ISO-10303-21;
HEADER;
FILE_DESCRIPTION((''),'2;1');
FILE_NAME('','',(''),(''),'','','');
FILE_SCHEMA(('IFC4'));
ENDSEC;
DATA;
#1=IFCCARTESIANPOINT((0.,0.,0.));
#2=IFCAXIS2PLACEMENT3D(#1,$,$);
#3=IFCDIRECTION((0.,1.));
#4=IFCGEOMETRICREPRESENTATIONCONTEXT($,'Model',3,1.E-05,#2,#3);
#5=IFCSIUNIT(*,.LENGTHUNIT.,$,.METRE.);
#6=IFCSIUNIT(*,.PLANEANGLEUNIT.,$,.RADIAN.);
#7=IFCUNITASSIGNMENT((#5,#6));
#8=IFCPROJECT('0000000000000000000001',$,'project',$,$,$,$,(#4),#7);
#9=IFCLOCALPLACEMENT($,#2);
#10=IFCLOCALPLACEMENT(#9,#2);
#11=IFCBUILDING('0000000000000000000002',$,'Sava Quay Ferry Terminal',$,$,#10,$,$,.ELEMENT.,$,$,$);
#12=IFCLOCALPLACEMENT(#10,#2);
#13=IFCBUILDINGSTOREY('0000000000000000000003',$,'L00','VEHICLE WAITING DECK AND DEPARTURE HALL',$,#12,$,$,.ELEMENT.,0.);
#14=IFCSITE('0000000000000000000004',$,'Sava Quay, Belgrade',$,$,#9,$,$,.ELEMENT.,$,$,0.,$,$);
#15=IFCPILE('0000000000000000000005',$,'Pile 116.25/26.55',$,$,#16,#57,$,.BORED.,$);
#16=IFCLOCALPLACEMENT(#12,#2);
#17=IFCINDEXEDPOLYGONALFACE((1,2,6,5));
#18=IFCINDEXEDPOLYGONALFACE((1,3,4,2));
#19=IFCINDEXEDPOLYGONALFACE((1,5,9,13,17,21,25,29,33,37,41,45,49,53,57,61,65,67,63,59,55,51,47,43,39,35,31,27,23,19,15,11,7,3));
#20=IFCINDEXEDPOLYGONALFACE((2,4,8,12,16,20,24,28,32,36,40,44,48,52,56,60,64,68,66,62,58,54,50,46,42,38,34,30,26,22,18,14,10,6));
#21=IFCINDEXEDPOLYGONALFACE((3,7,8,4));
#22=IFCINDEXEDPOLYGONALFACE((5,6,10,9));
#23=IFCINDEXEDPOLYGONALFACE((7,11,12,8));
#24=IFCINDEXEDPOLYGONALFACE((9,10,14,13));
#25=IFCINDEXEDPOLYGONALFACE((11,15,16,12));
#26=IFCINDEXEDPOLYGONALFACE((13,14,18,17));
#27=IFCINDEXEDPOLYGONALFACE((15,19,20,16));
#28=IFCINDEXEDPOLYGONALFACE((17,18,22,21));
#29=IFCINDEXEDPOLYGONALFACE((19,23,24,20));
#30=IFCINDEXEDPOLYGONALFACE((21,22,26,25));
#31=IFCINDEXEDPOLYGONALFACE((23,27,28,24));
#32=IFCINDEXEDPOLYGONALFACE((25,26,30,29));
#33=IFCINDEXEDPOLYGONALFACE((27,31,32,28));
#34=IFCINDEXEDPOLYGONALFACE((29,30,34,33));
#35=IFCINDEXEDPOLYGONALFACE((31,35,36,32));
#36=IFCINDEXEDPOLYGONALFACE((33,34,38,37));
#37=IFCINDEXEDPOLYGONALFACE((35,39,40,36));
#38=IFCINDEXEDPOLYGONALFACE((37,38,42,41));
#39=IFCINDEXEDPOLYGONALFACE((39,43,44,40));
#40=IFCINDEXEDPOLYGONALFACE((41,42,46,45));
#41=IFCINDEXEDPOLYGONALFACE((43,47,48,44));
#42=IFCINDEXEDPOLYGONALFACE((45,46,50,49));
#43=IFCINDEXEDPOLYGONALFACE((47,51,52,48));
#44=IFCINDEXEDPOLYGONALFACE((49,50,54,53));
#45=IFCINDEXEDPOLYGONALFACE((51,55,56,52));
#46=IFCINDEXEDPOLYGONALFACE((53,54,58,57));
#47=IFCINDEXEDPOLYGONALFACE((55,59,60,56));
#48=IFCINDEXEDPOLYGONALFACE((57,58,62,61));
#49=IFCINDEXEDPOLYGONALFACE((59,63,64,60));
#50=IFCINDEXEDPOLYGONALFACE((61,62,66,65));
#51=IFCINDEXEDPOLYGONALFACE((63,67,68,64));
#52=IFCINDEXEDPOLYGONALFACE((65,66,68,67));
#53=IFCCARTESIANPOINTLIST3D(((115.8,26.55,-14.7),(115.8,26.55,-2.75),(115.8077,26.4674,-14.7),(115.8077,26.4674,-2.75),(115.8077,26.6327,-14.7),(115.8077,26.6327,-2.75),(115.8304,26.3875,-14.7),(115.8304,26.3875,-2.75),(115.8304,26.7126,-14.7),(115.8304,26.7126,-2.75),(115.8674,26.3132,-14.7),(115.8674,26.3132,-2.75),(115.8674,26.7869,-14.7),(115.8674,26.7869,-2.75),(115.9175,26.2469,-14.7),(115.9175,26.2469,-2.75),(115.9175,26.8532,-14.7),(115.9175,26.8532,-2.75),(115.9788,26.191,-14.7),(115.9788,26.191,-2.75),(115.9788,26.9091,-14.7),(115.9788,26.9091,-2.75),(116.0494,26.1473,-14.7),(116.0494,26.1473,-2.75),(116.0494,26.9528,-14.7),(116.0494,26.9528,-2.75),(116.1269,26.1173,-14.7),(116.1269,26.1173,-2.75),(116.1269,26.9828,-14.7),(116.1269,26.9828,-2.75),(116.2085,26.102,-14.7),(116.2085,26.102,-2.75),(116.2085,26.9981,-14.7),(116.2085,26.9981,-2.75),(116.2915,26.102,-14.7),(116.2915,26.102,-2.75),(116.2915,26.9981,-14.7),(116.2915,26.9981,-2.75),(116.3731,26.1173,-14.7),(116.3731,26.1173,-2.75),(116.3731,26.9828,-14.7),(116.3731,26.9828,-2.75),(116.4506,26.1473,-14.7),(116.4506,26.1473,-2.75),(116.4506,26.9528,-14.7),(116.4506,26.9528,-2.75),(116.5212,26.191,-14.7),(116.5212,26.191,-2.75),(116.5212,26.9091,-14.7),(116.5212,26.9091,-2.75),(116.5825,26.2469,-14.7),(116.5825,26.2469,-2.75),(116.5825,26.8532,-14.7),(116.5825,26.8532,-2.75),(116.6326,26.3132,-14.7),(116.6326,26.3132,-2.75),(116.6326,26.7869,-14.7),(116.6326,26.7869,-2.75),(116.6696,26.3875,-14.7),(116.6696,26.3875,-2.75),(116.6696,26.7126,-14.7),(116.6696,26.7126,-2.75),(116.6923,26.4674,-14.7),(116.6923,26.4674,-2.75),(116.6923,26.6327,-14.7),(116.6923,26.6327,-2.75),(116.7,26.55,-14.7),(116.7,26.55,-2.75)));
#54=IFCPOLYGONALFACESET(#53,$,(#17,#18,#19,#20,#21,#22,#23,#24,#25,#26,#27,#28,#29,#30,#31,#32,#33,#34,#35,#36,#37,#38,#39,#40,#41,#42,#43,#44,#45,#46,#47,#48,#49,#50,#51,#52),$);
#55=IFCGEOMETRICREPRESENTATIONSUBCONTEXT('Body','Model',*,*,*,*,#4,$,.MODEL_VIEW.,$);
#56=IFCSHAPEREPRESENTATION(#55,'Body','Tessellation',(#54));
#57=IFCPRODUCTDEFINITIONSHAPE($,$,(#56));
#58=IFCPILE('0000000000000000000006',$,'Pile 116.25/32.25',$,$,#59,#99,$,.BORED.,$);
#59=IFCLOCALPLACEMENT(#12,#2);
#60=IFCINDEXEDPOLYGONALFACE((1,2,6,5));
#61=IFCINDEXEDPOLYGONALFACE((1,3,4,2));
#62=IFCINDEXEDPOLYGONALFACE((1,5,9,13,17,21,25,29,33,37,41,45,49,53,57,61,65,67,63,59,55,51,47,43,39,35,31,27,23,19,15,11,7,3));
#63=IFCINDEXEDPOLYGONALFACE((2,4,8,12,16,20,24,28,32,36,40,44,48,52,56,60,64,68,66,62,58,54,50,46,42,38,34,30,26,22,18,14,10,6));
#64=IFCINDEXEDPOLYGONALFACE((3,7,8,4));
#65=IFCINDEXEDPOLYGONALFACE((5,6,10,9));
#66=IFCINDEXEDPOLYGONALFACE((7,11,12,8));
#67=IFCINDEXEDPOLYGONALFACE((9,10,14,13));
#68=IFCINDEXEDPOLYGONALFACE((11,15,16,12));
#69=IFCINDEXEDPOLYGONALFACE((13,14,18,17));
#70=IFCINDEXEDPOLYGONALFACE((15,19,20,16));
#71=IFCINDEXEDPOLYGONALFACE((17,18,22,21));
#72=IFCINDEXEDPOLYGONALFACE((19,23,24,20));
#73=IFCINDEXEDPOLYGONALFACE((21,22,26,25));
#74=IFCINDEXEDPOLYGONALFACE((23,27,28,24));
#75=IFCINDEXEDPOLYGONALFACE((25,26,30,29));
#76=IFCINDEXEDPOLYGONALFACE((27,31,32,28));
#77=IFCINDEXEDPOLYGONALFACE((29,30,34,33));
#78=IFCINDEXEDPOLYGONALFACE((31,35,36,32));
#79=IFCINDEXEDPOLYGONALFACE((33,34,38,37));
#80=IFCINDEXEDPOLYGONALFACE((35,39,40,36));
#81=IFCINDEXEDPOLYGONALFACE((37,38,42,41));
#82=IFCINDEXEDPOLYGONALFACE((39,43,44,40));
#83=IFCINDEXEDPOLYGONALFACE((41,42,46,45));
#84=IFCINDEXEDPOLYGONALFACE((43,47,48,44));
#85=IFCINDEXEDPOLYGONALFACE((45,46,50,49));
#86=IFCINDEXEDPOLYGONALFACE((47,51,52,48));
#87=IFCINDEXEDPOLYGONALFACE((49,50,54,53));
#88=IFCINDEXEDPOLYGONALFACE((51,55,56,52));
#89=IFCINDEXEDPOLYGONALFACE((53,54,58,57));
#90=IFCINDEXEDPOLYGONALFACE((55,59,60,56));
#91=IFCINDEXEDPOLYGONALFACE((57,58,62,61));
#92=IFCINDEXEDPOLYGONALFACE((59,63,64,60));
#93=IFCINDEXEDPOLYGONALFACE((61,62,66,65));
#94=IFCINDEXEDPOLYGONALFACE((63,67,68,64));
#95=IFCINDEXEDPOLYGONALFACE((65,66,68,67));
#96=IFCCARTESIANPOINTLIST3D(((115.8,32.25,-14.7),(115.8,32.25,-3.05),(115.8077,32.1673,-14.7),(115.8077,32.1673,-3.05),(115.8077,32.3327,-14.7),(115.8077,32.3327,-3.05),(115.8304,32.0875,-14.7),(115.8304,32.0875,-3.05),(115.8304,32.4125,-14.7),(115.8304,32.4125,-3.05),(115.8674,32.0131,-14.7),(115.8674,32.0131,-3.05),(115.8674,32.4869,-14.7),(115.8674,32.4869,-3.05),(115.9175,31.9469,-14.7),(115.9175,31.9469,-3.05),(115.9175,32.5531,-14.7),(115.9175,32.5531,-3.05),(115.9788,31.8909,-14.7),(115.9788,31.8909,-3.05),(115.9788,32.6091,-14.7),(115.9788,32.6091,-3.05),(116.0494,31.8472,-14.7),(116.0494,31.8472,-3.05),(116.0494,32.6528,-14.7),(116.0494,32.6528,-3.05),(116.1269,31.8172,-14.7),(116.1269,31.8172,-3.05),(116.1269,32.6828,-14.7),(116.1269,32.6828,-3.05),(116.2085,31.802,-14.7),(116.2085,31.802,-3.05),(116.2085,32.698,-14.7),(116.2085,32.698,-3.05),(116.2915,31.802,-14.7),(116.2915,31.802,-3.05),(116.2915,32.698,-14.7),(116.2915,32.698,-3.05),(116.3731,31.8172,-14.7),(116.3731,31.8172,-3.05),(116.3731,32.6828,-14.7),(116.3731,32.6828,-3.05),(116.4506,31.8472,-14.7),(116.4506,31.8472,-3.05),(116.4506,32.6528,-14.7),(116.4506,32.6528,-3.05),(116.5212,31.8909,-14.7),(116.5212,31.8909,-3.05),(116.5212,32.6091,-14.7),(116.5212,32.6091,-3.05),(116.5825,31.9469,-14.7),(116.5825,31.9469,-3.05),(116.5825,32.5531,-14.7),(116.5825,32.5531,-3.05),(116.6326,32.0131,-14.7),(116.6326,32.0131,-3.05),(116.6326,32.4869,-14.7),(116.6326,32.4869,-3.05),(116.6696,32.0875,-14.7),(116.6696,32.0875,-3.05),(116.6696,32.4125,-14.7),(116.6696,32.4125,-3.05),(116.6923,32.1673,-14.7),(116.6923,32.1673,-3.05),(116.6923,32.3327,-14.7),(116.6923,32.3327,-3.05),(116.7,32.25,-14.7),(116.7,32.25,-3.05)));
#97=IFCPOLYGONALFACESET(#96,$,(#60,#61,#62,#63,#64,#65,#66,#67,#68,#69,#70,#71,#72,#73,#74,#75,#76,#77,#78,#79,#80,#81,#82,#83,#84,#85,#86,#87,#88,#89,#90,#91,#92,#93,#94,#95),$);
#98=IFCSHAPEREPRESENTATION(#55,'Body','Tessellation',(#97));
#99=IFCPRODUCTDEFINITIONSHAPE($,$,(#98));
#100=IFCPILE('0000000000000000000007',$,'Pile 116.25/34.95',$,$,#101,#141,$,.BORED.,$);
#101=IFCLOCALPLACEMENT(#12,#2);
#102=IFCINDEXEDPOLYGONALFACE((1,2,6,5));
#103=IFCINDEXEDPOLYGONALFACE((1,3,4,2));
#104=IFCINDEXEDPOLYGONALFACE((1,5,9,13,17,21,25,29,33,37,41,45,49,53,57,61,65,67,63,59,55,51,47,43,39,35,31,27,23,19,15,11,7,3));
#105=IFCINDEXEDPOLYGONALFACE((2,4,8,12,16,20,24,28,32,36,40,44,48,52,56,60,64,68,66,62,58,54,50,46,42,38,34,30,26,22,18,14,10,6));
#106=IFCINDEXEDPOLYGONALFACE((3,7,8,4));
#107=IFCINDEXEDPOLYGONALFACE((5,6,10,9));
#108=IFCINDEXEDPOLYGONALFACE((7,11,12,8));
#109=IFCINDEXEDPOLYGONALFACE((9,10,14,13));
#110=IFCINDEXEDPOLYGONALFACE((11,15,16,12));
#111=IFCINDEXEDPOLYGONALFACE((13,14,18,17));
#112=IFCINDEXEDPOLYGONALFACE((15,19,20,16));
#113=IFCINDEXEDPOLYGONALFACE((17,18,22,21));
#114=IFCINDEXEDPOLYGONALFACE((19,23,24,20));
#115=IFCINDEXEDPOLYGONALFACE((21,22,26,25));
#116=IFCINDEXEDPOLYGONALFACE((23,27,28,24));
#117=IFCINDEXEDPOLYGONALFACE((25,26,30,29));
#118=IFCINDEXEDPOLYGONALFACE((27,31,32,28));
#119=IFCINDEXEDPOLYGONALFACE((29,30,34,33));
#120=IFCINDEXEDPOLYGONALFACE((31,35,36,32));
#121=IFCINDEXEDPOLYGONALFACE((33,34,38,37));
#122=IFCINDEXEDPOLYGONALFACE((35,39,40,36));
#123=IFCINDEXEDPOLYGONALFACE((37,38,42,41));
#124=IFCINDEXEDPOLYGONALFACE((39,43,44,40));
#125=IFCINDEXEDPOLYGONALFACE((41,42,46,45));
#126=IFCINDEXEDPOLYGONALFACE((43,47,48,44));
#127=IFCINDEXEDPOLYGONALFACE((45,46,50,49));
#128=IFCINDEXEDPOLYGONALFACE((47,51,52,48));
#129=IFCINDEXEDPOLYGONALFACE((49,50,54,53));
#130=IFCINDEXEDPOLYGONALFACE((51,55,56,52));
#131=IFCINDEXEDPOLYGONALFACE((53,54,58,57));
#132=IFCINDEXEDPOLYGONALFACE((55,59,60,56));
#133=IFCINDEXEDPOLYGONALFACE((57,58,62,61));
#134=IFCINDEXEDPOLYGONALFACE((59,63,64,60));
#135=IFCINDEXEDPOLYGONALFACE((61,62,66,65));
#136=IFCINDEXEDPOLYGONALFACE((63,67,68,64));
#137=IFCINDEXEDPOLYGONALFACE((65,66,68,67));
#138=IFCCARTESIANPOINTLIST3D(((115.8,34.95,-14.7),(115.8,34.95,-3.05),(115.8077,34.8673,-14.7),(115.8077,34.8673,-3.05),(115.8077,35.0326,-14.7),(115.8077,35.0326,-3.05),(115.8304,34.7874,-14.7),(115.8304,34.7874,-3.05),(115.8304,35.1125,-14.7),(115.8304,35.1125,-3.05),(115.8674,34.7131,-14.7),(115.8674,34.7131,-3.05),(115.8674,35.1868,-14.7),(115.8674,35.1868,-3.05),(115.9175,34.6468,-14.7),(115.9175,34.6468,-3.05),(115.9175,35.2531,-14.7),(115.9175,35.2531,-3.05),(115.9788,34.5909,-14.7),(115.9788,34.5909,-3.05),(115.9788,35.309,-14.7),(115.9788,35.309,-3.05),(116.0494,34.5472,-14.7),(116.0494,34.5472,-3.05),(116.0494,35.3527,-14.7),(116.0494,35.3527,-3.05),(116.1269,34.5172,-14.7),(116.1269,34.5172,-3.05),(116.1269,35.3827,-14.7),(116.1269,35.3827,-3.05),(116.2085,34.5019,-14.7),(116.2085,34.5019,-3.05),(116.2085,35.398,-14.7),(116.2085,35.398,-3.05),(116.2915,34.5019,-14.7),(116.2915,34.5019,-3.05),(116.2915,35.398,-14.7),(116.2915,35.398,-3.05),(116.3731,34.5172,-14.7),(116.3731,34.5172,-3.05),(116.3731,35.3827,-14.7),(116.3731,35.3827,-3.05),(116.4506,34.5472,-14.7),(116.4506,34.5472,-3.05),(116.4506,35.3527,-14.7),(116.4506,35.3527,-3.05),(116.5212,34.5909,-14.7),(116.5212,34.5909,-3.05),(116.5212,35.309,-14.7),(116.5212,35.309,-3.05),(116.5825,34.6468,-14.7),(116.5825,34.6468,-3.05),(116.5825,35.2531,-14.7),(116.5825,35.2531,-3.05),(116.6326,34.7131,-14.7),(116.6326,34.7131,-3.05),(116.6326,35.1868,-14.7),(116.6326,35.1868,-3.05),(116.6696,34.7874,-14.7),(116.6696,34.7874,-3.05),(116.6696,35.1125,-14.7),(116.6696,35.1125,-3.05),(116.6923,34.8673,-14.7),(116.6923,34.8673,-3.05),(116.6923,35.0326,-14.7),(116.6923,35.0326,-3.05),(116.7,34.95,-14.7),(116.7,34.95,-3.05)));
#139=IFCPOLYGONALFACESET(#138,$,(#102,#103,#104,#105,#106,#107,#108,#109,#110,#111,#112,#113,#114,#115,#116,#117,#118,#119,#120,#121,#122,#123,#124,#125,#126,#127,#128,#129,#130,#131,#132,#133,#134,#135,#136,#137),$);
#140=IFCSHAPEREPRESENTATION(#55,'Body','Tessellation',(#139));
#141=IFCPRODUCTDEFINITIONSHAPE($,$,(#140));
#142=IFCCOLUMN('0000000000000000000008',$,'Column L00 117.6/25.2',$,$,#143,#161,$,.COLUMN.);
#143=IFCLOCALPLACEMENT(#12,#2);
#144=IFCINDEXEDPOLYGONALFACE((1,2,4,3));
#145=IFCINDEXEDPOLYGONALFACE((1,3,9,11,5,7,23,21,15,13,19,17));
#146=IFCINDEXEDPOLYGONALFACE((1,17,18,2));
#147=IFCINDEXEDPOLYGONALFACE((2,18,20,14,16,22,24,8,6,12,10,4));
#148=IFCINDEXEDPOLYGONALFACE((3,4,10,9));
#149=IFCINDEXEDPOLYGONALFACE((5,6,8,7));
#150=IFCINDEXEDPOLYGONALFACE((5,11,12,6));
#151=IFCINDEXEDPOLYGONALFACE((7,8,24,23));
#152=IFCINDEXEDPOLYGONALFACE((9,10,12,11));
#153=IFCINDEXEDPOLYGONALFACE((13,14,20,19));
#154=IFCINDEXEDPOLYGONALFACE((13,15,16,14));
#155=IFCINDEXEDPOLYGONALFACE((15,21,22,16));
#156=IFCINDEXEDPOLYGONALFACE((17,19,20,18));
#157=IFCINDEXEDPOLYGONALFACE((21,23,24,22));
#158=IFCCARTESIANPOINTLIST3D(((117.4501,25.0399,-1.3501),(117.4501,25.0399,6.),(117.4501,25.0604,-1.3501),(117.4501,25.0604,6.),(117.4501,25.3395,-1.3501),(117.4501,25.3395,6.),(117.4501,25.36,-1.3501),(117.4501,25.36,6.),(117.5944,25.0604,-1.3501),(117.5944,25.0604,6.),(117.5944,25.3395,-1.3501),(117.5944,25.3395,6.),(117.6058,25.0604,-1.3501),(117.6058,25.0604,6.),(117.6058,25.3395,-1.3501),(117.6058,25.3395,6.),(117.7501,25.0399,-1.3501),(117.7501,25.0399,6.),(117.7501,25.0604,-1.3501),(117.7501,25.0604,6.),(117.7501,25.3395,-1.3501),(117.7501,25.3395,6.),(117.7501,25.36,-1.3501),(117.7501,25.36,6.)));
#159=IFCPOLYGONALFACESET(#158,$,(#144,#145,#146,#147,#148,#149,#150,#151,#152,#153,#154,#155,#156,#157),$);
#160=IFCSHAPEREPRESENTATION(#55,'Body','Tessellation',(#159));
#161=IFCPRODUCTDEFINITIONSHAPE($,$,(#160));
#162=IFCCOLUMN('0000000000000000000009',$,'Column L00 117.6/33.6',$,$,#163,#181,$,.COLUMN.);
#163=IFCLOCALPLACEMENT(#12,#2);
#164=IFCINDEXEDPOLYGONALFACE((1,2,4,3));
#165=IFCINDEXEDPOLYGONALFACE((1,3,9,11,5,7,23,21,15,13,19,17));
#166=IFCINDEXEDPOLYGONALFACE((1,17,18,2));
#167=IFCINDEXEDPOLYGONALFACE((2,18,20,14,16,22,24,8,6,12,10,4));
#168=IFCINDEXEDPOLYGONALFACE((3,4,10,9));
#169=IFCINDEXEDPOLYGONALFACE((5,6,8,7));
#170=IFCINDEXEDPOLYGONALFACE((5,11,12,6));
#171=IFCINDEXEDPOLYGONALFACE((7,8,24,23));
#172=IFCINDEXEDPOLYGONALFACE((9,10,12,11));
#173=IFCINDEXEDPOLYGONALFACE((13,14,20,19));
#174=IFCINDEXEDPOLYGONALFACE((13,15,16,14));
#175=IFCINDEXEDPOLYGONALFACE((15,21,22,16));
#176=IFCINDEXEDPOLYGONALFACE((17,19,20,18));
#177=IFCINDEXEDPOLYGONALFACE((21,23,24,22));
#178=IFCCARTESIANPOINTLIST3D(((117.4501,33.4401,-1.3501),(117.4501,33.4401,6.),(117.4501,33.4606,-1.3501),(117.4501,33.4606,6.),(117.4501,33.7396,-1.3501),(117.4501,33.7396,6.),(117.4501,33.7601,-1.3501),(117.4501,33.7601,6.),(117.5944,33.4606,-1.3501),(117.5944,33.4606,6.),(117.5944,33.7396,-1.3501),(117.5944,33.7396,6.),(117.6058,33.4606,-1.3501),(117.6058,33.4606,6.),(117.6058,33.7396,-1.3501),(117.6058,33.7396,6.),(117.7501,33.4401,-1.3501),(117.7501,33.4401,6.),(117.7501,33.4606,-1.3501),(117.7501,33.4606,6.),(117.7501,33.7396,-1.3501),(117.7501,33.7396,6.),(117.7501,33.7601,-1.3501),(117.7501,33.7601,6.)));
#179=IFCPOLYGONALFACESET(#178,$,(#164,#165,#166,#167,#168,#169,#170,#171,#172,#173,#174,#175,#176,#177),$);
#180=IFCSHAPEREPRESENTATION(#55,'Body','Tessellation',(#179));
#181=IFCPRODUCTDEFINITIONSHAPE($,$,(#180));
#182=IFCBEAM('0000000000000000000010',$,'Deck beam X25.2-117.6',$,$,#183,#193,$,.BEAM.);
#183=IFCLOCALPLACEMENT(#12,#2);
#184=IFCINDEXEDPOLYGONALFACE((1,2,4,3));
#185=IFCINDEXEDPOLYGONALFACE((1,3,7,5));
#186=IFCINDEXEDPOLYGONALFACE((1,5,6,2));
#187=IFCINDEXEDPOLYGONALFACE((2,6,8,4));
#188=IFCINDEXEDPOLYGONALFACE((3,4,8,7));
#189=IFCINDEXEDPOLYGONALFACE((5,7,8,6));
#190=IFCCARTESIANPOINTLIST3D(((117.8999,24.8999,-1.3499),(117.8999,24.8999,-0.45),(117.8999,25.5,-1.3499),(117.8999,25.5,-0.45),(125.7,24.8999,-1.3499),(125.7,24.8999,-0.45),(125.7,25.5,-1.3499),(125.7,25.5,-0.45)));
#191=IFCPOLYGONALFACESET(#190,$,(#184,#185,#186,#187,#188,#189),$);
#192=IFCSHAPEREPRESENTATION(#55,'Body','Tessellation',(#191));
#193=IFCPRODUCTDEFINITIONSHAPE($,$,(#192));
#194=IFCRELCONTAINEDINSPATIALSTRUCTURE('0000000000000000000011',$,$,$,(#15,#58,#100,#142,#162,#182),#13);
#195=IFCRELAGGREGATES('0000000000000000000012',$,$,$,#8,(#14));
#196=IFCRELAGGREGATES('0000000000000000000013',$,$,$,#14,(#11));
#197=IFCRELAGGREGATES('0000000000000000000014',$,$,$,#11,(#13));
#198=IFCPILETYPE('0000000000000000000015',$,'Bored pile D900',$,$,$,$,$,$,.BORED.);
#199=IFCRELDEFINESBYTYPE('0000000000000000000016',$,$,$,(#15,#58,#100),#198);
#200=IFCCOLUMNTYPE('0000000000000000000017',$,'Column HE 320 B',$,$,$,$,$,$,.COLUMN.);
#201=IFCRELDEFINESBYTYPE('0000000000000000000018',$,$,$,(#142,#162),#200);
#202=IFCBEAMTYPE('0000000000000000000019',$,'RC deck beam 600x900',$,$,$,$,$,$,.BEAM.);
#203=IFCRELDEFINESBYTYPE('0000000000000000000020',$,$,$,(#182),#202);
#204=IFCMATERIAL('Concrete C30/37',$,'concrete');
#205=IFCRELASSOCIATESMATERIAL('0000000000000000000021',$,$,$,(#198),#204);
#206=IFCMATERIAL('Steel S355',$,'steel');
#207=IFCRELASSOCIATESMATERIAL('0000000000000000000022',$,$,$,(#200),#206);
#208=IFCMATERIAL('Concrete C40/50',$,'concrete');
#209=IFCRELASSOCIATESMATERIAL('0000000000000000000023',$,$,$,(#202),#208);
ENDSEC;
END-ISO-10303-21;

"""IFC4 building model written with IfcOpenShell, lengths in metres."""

from ifc_helpers import new_model, si_unit, direction, frame, origin, origin_2d, place, context, subcontext, project, spatial, rectangle, circle, i_section, extrude, material, material_profile, profile_set, type_object, element, save


model = new_model("IFC4")

# Units and contexts
model_context = context("Model", 3, precision=1e-05, world=origin(), true_north=direction((0.0, 1.0)))
body_context = subcontext(model_context, "Body", "Model", "MODEL_VIEW")
ifc_project = project(units=[si_unit("LENGTHUNIT", "METRE"), si_unit("PLANEANGLEUNIT", "RADIAN")], contexts=[model_context])

# Site, building, storey
site_placement = place(None, origin())
site = spatial("IfcSite", under=ifc_project, at=site_placement, Name="Sava Quay, Belgrade", CompositionType="ELEMENT", RefElevation=0.0)
building_placement = place(site_placement, origin())
building = spatial("IfcBuilding", under=site, at=building_placement, Name="Sava Quay Ferry Terminal", CompositionType="ELEMENT")
storey_placement = place(building_placement, origin())
storey = spatial("IfcBuildingStorey", under=building, at=storey_placement, Name="L00", Description="VEHICLE WAITING DECK AND DEPARTURE HALL", CompositionType="ELEMENT", Elevation=0.0)

# Piles
ifc_material_1 = material(Name="Concrete C30/37", Category="concrete")
ifc_material_profile_1 = material_profile(ifc_material_1, circle(Radius=0.45, at=origin_2d()), Name="Bored pile D900")
ifc_profile_set_1 = profile_set([ifc_material_profile_1], Name="Concrete C30/37")
pile_type = type_object("IfcPileType", Name="Bored pile D900", PredefinedType="BORED", material=ifc_profile_set_1)
pile_placement = place(storey_placement, frame((116.25, 26.55, -2.75), z_axis=(0.0, 0.0, -1.0), x_axis=(1.0, 0.0, 0.0)))
element("IfcPile", 1, at=pile_placement, inside=storey, type_object=pile_type, Name="Pile 116.25/26.55", PredefinedType="BORED", context=body_context, shape_type="SweptSolid", body=[
    extrude(circle(Radius=0.45, at=origin_2d()), origin(), (0.0, 0.0, 1.0), 11.95),
])
for number, where, z_axis, x_axis, name in (
    (2, (116.25, 32.25, -3.05), (0.0, 0.0, -1.0), (1.0, 0.0, 0.0), "Pile 116.25/32.25"),
    (3, (116.25, 34.95, -3.05), (0.0, 0.0, -1.0), (1.0, 0.0, 0.0), "Pile 116.25/34.95"),
):
    element("IfcPile", number, at=place(storey_placement, frame(where, z_axis=z_axis, x_axis=x_axis)), inside=storey, type_object=pile_type, Name=name, PredefinedType="BORED", context=body_context, shape_type="SweptSolid", body=[
        extrude(circle(Radius=0.45, at=origin_2d()), origin(), (0.0, 0.0, 1.0), 11.6499),
    ])

# Columns
ifc_material_2 = material(Name="Steel S355", Category="steel")
ifc_material_profile_2 = material_profile(ifc_material_2, i_section(OverallWidth=0.3, OverallDepth=0.3201, WebThickness=0.0115, FlangeThickness=0.0205, at=origin_2d()), Name="HE 320 B")
ifc_profile_set_2 = profile_set([ifc_material_profile_2], Name="Steel S355")
column_type = type_object("IfcColumnType", Name="Column HE 320 B", PredefinedType="COLUMN", material=ifc_profile_set_2)
for number, where, z_axis, x_axis, name in (
    (4, (117.6001, 25.2, -1.3501), (0.0, 0.0, 1.0), (1.0, 0.0, 0.0), "Column L00 117.6/25.2"),
    (5, (117.6001, 33.6001, -1.3501), (0.0, 0.0, 1.0), (1.0, 0.0, 0.0), "Column L00 117.6/33.6"),
):
    element("IfcColumn", number, at=place(storey_placement, frame(where, z_axis=z_axis, x_axis=x_axis)), inside=storey, type_object=column_type, Name=name, PredefinedType="COLUMN", context=body_context, shape_type="SweptSolid", body=[
        extrude(i_section(OverallWidth=0.3, OverallDepth=0.3201, WebThickness=0.0115, FlangeThickness=0.0205, at=origin_2d()), origin(), (0.0, 0.0, 1.0), 7.3501),
    ])

# Beam
ifc_material_3 = material(Name="Concrete C40/50", Category="concrete")
ifc_material_profile_3 = material_profile(ifc_material_3, rectangle(XDim=0.6001, YDim=0.8999, at=origin_2d()), Name="RC 600x900")
ifc_profile_set_3 = profile_set([ifc_material_profile_3], Name="Concrete C40/50")
beam_type = type_object("IfcBeamType", Name="RC deck beam 600x900", PredefinedType="BEAM", material=ifc_profile_set_3)
for number, where, z_axis, x_axis, name in (
    (6, (117.8999, 25.2, -0.8999), (1.0, 0.0, 0.0), (0.0, 1.0, 0.0), "Deck beam X25.2-117.6"),
):
    element("IfcBeam", number, at=place(storey_placement, frame(where, z_axis=z_axis, x_axis=x_axis)), inside=storey, type_object=beam_type, Name=name, PredefinedType="BEAM", context=body_context, shape_type="SweptSolid", body=[
        extrude(rectangle(XDim=0.6001, YDim=0.8999, at=origin_2d()), origin(), (0.0, 0.0, 1.0), 7.8),
    ])

save(model, "model.ifc")
